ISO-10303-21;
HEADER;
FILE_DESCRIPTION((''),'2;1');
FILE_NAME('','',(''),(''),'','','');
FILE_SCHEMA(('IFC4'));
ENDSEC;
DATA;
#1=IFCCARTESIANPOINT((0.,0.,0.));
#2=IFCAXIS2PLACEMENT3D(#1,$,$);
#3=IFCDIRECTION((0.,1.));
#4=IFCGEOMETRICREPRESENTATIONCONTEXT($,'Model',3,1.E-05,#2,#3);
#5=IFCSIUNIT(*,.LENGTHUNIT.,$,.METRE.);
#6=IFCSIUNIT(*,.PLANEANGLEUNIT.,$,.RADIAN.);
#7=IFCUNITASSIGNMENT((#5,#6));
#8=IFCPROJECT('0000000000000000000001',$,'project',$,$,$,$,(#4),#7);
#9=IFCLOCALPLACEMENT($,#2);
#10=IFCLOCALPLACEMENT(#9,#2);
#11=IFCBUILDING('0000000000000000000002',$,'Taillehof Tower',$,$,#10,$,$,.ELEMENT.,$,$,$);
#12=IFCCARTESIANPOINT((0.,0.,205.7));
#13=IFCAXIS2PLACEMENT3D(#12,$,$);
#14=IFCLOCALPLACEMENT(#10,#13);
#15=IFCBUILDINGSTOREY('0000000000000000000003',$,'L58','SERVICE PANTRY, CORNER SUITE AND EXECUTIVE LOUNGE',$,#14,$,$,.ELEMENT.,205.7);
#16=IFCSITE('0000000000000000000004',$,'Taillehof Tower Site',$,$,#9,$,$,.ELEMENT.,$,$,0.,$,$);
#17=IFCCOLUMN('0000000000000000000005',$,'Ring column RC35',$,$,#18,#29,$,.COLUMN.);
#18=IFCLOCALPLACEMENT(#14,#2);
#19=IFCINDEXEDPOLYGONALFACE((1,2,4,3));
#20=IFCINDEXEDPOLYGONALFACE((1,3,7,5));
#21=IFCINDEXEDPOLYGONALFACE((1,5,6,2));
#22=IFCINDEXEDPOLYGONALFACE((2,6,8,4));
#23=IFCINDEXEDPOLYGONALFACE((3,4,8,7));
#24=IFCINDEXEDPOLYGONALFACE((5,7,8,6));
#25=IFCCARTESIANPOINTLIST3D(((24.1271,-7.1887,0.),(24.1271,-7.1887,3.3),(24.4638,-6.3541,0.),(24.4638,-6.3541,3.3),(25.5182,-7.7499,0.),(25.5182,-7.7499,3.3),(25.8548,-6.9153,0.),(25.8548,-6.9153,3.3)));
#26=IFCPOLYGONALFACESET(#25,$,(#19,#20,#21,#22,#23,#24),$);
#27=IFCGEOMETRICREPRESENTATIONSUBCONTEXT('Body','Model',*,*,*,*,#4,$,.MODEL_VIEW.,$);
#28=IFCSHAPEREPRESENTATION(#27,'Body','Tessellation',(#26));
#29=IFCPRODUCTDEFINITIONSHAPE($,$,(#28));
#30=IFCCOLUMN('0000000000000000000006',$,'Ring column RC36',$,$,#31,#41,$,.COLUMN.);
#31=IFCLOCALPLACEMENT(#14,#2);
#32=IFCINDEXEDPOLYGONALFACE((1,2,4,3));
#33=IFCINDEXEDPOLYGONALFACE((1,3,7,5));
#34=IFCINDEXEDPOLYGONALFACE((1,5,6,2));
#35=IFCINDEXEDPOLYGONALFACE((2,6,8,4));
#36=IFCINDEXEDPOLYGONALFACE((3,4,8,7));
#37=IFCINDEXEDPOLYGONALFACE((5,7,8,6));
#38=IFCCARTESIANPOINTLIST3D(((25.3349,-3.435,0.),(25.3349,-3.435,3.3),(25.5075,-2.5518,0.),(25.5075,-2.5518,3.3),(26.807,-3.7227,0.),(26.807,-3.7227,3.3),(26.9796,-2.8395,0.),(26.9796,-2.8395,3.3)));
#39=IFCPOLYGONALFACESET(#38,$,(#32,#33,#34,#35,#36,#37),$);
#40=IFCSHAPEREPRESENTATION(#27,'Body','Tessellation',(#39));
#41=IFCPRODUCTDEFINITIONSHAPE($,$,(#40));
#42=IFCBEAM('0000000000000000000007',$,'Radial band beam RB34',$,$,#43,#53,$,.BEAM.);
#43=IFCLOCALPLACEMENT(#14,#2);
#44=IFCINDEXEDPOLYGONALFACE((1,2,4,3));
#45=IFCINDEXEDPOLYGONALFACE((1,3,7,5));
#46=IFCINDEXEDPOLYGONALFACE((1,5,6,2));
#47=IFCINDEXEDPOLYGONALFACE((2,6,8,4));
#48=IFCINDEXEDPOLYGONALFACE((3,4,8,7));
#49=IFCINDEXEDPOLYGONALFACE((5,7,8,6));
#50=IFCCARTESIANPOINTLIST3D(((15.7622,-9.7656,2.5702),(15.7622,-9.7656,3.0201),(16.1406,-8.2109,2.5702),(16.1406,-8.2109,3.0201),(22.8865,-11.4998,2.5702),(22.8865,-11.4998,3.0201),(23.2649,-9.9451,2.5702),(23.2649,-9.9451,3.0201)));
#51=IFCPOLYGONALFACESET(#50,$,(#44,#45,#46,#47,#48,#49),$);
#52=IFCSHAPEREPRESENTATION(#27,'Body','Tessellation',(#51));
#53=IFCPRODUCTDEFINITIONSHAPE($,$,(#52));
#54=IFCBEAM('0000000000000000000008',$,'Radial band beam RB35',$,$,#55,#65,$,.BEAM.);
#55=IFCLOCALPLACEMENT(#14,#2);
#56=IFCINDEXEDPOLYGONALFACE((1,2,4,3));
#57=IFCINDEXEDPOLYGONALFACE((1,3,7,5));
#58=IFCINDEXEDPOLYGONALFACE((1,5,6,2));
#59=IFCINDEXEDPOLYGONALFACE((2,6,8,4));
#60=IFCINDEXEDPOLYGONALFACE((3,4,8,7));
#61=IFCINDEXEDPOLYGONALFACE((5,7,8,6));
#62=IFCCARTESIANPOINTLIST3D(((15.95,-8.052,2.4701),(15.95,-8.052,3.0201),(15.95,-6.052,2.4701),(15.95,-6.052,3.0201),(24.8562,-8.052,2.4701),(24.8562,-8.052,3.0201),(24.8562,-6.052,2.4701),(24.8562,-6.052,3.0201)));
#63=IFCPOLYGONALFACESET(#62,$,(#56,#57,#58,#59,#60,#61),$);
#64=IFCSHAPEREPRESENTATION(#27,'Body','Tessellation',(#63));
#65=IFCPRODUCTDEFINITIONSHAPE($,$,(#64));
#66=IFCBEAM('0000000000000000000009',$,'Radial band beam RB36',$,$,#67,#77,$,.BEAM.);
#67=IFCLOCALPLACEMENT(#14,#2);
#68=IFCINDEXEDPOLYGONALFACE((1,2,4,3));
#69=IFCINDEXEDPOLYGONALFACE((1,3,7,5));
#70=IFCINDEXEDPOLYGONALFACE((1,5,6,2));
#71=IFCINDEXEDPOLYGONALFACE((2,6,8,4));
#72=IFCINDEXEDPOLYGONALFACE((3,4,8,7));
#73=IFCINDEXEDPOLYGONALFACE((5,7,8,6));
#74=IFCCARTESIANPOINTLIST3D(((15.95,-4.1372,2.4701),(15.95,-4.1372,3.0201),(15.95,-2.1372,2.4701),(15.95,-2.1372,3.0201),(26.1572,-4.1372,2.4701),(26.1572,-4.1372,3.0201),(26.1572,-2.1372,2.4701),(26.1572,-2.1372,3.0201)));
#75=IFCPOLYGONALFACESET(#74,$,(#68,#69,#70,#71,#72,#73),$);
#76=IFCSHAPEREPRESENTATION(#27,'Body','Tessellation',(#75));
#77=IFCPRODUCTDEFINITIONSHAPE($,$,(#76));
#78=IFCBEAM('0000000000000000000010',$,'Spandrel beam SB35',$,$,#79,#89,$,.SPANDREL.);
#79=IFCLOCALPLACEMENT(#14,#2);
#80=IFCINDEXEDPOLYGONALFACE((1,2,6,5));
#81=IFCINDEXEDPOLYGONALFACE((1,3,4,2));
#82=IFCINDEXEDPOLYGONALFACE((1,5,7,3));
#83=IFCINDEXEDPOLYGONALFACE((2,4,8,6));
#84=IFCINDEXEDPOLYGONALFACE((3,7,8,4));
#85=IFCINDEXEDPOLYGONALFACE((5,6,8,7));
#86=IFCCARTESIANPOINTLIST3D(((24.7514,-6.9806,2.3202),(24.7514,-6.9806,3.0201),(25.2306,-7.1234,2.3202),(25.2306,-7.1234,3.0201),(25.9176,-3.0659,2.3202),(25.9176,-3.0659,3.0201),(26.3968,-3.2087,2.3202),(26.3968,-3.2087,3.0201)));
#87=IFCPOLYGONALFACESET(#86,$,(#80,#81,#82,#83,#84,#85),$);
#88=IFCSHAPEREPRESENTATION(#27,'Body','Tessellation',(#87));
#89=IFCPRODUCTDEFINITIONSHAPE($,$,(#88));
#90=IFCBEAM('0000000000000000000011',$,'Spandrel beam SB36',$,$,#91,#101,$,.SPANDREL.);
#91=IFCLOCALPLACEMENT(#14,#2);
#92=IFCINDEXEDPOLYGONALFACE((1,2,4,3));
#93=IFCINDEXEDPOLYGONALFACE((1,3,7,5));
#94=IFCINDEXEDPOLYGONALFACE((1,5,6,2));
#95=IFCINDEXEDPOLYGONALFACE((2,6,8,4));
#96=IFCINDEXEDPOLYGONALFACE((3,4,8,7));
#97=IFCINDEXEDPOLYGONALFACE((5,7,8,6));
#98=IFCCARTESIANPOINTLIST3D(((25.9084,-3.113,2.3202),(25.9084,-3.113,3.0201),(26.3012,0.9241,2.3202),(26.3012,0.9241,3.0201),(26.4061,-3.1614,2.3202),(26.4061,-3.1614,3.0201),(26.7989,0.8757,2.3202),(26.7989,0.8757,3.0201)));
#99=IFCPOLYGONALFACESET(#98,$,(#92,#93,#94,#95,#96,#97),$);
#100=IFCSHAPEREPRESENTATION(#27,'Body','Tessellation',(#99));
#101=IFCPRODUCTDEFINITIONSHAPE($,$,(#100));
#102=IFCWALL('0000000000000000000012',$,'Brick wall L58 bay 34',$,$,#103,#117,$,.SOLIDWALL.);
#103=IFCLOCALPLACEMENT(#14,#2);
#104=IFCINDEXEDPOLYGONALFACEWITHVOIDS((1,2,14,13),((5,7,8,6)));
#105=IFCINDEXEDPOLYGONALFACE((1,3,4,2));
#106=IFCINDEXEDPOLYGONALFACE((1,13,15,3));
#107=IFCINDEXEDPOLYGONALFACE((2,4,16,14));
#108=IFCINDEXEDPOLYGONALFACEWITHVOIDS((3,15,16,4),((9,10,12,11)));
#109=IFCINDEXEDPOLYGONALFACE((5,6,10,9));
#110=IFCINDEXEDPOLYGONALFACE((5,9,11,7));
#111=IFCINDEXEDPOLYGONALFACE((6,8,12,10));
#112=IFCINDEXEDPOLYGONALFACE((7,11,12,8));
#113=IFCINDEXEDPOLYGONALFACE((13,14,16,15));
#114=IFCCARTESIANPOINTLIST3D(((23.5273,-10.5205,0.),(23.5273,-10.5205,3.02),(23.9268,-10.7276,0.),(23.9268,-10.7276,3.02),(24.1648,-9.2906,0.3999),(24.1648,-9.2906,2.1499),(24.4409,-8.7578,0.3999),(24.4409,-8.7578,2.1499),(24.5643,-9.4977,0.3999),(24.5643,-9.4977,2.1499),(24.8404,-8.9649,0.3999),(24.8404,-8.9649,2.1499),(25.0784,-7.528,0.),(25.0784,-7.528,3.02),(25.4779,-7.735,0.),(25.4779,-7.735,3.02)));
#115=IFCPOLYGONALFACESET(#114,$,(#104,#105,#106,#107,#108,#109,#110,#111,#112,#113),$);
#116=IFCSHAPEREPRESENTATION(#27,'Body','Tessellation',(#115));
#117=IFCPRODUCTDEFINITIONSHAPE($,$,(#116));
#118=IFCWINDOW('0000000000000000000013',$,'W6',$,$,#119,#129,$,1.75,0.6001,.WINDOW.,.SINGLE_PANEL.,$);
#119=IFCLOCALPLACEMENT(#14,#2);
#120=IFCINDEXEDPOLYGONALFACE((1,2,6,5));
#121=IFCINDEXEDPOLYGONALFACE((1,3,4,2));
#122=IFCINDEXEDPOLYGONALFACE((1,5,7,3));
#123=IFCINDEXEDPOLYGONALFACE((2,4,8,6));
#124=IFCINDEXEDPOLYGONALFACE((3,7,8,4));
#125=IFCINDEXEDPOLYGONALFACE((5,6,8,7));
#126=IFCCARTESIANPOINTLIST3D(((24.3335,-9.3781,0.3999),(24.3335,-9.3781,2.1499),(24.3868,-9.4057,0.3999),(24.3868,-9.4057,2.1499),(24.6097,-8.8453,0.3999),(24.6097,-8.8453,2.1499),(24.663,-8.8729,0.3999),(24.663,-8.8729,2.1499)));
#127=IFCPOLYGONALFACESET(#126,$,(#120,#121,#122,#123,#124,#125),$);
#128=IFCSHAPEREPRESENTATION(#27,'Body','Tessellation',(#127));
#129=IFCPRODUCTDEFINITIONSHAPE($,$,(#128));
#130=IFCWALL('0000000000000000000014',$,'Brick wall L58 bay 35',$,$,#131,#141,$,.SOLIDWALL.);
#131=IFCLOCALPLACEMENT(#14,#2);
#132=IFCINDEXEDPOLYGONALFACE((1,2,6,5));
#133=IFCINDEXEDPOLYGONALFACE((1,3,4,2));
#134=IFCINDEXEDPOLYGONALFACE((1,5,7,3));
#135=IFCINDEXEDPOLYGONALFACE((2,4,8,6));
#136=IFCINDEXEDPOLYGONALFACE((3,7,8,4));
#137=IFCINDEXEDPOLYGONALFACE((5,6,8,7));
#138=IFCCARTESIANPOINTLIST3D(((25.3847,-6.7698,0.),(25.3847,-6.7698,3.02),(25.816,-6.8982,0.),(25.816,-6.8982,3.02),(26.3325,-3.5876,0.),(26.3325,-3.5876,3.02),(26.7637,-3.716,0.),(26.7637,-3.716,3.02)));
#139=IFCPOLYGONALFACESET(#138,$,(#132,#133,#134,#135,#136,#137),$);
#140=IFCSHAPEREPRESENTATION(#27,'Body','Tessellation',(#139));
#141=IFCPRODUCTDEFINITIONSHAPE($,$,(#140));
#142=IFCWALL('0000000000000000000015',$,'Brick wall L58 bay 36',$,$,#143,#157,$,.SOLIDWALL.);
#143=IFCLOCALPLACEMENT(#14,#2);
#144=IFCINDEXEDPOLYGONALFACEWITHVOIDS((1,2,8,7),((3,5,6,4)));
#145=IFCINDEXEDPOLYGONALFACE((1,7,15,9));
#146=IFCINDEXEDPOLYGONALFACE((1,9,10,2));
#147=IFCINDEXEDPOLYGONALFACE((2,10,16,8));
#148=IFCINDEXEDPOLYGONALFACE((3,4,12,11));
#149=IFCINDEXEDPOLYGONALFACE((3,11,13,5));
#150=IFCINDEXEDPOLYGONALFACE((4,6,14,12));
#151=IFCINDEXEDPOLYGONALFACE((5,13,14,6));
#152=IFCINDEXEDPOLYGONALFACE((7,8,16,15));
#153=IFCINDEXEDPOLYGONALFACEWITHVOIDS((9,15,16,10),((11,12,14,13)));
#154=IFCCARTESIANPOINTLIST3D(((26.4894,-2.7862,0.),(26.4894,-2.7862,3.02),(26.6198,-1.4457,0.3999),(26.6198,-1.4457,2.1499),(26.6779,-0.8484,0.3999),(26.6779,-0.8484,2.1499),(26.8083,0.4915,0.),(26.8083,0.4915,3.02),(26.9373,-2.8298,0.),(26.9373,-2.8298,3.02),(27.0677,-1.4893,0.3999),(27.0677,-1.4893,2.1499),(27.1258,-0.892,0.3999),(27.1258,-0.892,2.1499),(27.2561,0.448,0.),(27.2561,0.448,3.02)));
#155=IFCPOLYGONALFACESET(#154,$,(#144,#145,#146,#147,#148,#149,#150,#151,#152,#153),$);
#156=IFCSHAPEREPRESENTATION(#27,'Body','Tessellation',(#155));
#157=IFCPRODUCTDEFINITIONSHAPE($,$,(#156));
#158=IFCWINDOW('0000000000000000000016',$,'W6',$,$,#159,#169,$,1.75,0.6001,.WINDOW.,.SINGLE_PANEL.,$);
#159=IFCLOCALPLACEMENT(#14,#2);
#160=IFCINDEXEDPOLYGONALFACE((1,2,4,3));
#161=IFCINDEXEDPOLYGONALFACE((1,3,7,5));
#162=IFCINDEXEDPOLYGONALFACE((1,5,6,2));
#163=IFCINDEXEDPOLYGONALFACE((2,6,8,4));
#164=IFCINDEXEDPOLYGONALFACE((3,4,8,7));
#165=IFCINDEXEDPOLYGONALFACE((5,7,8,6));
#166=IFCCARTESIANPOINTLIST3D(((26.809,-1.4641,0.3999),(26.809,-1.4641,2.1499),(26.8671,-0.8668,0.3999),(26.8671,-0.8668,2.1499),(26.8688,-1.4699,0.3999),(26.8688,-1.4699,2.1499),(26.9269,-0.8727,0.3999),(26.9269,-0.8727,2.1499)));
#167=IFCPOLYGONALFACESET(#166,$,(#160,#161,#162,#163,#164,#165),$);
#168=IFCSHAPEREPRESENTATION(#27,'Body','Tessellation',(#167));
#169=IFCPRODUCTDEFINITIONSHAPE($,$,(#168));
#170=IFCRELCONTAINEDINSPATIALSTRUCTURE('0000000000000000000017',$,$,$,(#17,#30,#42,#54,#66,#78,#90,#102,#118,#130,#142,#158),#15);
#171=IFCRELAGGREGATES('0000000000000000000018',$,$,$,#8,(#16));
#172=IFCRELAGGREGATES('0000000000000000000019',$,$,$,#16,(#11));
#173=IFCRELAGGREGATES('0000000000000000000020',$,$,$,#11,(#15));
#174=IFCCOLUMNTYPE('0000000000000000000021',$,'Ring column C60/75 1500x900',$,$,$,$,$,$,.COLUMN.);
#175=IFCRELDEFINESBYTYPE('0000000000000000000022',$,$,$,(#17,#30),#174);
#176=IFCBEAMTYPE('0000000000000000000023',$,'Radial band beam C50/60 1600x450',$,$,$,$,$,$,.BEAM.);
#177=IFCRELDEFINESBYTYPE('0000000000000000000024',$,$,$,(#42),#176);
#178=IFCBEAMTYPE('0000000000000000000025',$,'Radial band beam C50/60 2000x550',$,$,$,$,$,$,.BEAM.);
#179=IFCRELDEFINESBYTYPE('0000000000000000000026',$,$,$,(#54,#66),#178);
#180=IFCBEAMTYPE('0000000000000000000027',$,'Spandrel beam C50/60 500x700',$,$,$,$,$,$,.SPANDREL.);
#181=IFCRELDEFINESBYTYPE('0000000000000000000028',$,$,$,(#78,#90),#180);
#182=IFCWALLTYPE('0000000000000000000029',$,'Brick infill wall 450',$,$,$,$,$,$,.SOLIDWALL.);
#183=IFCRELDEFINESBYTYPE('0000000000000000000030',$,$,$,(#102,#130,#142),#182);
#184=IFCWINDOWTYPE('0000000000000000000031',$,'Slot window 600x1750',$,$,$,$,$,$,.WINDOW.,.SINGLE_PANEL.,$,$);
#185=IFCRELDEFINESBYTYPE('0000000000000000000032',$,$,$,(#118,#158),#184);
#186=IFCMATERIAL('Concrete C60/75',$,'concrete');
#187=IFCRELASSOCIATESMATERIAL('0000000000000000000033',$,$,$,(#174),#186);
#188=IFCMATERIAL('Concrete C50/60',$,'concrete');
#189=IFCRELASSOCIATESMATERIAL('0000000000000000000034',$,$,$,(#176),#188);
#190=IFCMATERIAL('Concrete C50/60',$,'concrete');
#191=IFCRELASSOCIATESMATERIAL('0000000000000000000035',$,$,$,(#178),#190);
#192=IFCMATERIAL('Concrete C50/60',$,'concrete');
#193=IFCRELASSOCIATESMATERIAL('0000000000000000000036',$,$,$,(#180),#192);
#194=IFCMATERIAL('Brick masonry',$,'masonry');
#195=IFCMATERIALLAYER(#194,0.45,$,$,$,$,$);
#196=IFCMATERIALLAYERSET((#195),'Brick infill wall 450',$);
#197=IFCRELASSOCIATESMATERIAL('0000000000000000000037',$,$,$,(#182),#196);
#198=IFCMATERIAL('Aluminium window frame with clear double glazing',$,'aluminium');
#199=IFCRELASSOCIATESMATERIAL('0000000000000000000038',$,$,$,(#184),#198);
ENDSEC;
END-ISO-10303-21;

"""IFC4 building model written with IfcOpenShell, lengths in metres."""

from ifc_helpers import new_model, si_unit, direction, frame, frame_2d, origin, origin_2d, place, context, subcontext, project, spatial, rectangle, extrude, material, layer, layer_set, material_profile, profile_set, type_object, element, fill, save


model = new_model("IFC4")

# Units and contexts
model_context = context("Model", 3, precision=1e-05, world=origin(), true_north=direction((0.0, 1.0)))
body_context = subcontext(model_context, "Body", "Model", "MODEL_VIEW")
ifc_project = project(units=[si_unit("LENGTHUNIT", "METRE"), si_unit("PLANEANGLEUNIT", "RADIAN")], contexts=[model_context])

# Site, building, storey
site_placement = place(None, origin())
site = spatial("IfcSite", under=ifc_project, at=site_placement, Name="Taillehof Tower Site", CompositionType="ELEMENT", RefElevation=0.0)
building_placement = place(site_placement, origin())
building = spatial("IfcBuilding", under=site, at=building_placement, Name="Taillehof Tower", CompositionType="ELEMENT")
storey_placement = place(building_placement, frame((0.0, 0.0, 205.7)))
storey = spatial("IfcBuildingStorey", under=building, at=storey_placement, Name="L58", Description="SERVICE PANTRY, CORNER SUITE AND EXECUTIVE LOUNGE", CompositionType="ELEMENT", Elevation=205.7)

# Columns
ifc_material_1 = material(Name="Concrete C60/75", Category="concrete")
ifc_material_profile_1 = material_profile(ifc_material_1, rectangle(XDim=1.5, YDim=0.8999, at=origin_2d()), Name="RC 1500x900")
ifc_profile_set_1 = profile_set([ifc_material_profile_1], Name="Concrete C60/75")
column_type = type_object("IfcColumnType", Name="Ring column C60/75 1500x900", PredefinedType="COLUMN", material=ifc_profile_set_1)
for number, where, z_axis, x_axis, name in (
    (1, (24.991, -7.052, 0.0), (0.0, 0.0, 1.0), (0.927385, -0.374108, 0.0), "Ring column RC35"),
    (2, (26.1572, -3.1372, 0.0), (0.0, 0.0, 1.0), (0.981434, -0.191801, 0.0), "Ring column RC36"),
):
    element("IfcColumn", number, at=place(storey_placement, frame(where, z_axis=z_axis, x_axis=x_axis)), inside=storey, type_object=column_type, Name=name, PredefinedType="COLUMN", context=body_context, shape_type="SweptSolid", body=[
        extrude(rectangle(XDim=1.5, YDim=0.8999, at=origin_2d()), origin(), (0.0, 0.0, 1.0), 3.3),
    ])

# Beams
ifc_material_2 = material(Name="Concrete C50/60", Category="concrete")
ifc_material_profile_2 = material_profile(ifc_material_2, rectangle(XDim=1.6001, YDim=0.45, at=origin_2d()), Name="RC 1600x450")
ifc_profile_set_2 = profile_set([ifc_material_profile_2], Name="Concrete C50/60")
beam_type_1 = type_object("IfcBeamType", Name="Radial band beam C50/60 1600x450", PredefinedType="BEAM", material=ifc_profile_set_2)
beam_1_placement = place(storey_placement, frame((23.0757, -10.7224, 2.7952), z_axis=(-0.97163, 0.236506, 0.0), x_axis=(-0.236506, -0.97163, 0.0)))
element("IfcBeam", 3, at=beam_1_placement, inside=storey, type_object=beam_type_1, Name="Radial band beam RB34", PredefinedType="BEAM", context=body_context, shape_type="SweptSolid", body=[
    extrude(rectangle(XDim=1.6001, YDim=0.45, at=origin_2d()), origin(), (0.0, 0.0, 1.0), 7.3323),
])
ifc_material_3 = material(Name="Concrete C50/60", Category="concrete")
ifc_material_profile_3 = material_profile(ifc_material_3, rectangle(XDim=2.0, YDim=0.55, at=origin_2d()), Name="RC 2000x550")
ifc_profile_set_3 = profile_set([ifc_material_profile_3], Name="Concrete C50/60")
beam_type_2 = type_object("IfcBeamType", Name="Radial band beam C50/60 2000x550", PredefinedType="BEAM", material=ifc_profile_set_3)
beam_2_placement = place(storey_placement, frame((24.8562, -7.052, 2.7451), z_axis=(-1.0, 0.0, 0.0), x_axis=(0.0, -1.0, 0.0)))
element("IfcBeam", 4, at=beam_2_placement, inside=storey, type_object=beam_type_2, Name="Radial band beam RB35", PredefinedType="BEAM", context=body_context, shape_type="SweptSolid", body=[
    extrude(rectangle(XDim=2.0, YDim=0.55, at=origin_2d()), origin(), (0.0, 0.0, 1.0), 8.9062),
])
beam_3_placement = place(storey_placement, frame((26.1572, -3.1372, 2.7451), z_axis=(-1.0, 0.0, 0.0), x_axis=(0.0, -1.0, 0.0)))
element("IfcBeam", 5, at=beam_3_placement, inside=storey, type_object=beam_type_2, Name="Radial band beam RB36", PredefinedType="BEAM", context=body_context, shape_type="SweptSolid", body=[
    extrude(rectangle(XDim=2.0, YDim=0.55, at=origin_2d()), origin(), (0.0, 0.0, 1.0), 10.2073),
])
ifc_material_4 = material(Name="Concrete C50/60", Category="concrete")
ifc_material_profile_4 = material_profile(ifc_material_4, rectangle(XDim=0.5, YDim=0.7, at=origin_2d()), Name="RC 500x700")
ifc_profile_set_4 = profile_set([ifc_material_profile_4], Name="Concrete C50/60")
beam_type_3 = type_object("IfcBeamType", Name="Spandrel beam C50/60 500x700", PredefinedType="SPANDREL", material=ifc_profile_set_4)
beam_4_placement = place(storey_placement, frame((24.991, -7.052, 2.6702), z_axis=(0.28551, 0.958376, 0.0), x_axis=(-0.958376, 0.28551, 0.0)))
element("IfcBeam", 6, at=beam_4_placement, inside=storey, type_object=beam_type_3, Name="Spandrel beam SB35", PredefinedType="SPANDREL", context=body_context, shape_type="SweptSolid", body=[
    extrude(rectangle(XDim=0.5, YDim=0.7, at=origin_2d()), origin(), (0.0, 0.0, 1.0), 4.0847),
])
beam_5_placement = place(storey_placement, frame((26.1572, -3.1372, 2.6702), z_axis=(0.096845, 0.995299, 0.0), x_axis=(-0.995299, 0.096845, 0.0)))
element("IfcBeam", 7, at=beam_5_placement, inside=storey, type_object=beam_type_3, Name="Spandrel beam SB36", PredefinedType="SPANDREL", context=body_context, shape_type="SweptSolid", body=[
    extrude(rectangle(XDim=0.5, YDim=0.7, at=origin_2d()), origin(), (0.0, 0.0, 1.0), 4.0562),
])

# Wall, opening, window
ifc_material_5 = material(Name="Brick masonry", Category="masonry")
ifc_layer_1 = layer(ifc_material_5, 0.45)
ifc_layer_set_1 = layer_set([ifc_layer_1], Name="Brick infill wall 450")
wall_type_1 = type_object("IfcWallType", Name="Brick infill wall 450", PredefinedType="SOLIDWALL", material=ifc_layer_set_1)
wall_1_placement = place(storey_placement, frame((23.7271, -10.624, 0.0), z_axis=(0.0, 0.0, 1.0), x_axis=(0.460176, 0.887828, 0.0)))
wall_1 = element("IfcWall", 8, at=wall_1_placement, inside=storey, type_object=wall_type_1, Name="Brick wall L58 bay 34", PredefinedType="SOLIDWALL", context=body_context, shape_type="SweptSolid", body=[
    extrude(rectangle(XDim=3.3706, YDim=0.45, at=frame_2d((1.6853, 0.0))), origin(), (0.0, 0.0, 1.0), 3.02),
])
opening_1_placement = place(wall_1_placement, frame((1.3853, 0.0, 0.3999)))
opening_1 = element("IfcOpeningElement", 9, at=opening_1_placement, cuts=wall_1, PredefinedType="OPENING", context=body_context, shape_type="SweptSolid", body=[
    extrude(rectangle(XDim=0.6001, YDim=1.75, at=frame_2d((0.3, 0.875))), frame((0.0, 0.2349, 0.0), z_axis=(0.0, -1.0, 0.0), x_axis=(1.0, 0.0, 0.0)), (0.0, 0.0, 1.0), 0.47),
])
ifc_material_6 = material(Name="Aluminium window frame with clear double glazing", Category="aluminium")
window_type = type_object("IfcWindowType", Name="Slot window 600x1750", PartitioningType="SINGLE_PANEL", PredefinedType="WINDOW", material=ifc_material_6)
window_1_placement = place(opening_1_placement, origin())
window_1 = element("IfcWindow", 10, at=window_1_placement, inside=storey, type_object=window_type, Name="W6", OverallHeight=1.75, OverallWidth=0.6001, PartitioningType="SINGLE_PANEL", PredefinedType="WINDOW", context=body_context, shape_type="SweptSolid", body=[
    extrude(rectangle(XDim=0.6001, YDim=1.75, at=frame_2d((0.3, 0.875))), frame((0.0, 0.0349, 0.0), z_axis=(0.0, -1.0, 0.0), x_axis=(1.0, 0.0, 0.0)), (0.0, 0.0, 1.0), 0.0601),
])
fill(opening_1, window_1)

# Wall
wall_2_placement = place(storey_placement, frame((25.6003, -6.834, 0.0), z_axis=(0.0, 0.0, 1.0), x_axis=(0.285445, 0.958395, 0.0)))
element("IfcWall", 11, at=wall_2_placement, inside=storey, type_object=wall_type_1, Name="Brick wall L58 bay 35", PredefinedType="SOLIDWALL", context=body_context, shape_type="SweptSolid", body=[
    extrude(rectangle(XDim=3.3203, YDim=0.45, at=frame_2d((1.6602, 0.0))), origin(), (0.0, 0.0, 1.0), 3.02),
])

# Wall, opening, window
wall_3_placement = place(storey_placement, frame((26.7134, -2.8079, 0.0), z_axis=(0.0, 0.0, 1.0), x_axis=(0.096817, 0.995302, 0.0)))
wall_3 = element("IfcWall", 12, at=wall_3_placement, inside=storey, type_object=wall_type_1, Name="Brick wall L58 bay 36", PredefinedType="SOLIDWALL", context=body_context, shape_type="SweptSolid", body=[
    extrude(rectangle(XDim=3.2932, YDim=0.45, at=frame_2d((1.6465, 0.0))), origin(), (0.0, 0.0, 1.0), 3.02),
])
opening_2_placement = place(wall_3_placement, frame((1.3467, 0.0, 0.3999)))
opening_2 = element("IfcOpeningElement", 13, at=opening_2_placement, cuts=wall_3, PredefinedType="OPENING", context=body_context, shape_type="SweptSolid", body=[
    extrude(rectangle(XDim=0.6001, YDim=1.75, at=frame_2d((0.3, 0.875))), frame((0.0, 0.2349, 0.0), z_axis=(0.0, -1.0, 0.0), x_axis=(1.0, 0.0, 0.0)), (0.0, 0.0, 1.0), 0.47),
])
window_2_placement = place(opening_2_placement, origin())
window_2 = element("IfcWindow", 14, at=window_2_placement, inside=storey, type_object=window_type, Name="W6", OverallHeight=1.75, OverallWidth=0.6001, PartitioningType="SINGLE_PANEL", PredefinedType="WINDOW", context=body_context, shape_type="SweptSolid", body=[
    extrude(rectangle(XDim=0.6001, YDim=1.75, at=frame_2d((0.3, 0.875))), frame((0.0, 0.0349, 0.0), z_axis=(0.0, -1.0, 0.0), x_axis=(1.0, 0.0, 0.0)), (0.0, 0.0, 1.0), 0.0601),
])
fill(opening_2, window_2)

save(model, "model.ifc")
